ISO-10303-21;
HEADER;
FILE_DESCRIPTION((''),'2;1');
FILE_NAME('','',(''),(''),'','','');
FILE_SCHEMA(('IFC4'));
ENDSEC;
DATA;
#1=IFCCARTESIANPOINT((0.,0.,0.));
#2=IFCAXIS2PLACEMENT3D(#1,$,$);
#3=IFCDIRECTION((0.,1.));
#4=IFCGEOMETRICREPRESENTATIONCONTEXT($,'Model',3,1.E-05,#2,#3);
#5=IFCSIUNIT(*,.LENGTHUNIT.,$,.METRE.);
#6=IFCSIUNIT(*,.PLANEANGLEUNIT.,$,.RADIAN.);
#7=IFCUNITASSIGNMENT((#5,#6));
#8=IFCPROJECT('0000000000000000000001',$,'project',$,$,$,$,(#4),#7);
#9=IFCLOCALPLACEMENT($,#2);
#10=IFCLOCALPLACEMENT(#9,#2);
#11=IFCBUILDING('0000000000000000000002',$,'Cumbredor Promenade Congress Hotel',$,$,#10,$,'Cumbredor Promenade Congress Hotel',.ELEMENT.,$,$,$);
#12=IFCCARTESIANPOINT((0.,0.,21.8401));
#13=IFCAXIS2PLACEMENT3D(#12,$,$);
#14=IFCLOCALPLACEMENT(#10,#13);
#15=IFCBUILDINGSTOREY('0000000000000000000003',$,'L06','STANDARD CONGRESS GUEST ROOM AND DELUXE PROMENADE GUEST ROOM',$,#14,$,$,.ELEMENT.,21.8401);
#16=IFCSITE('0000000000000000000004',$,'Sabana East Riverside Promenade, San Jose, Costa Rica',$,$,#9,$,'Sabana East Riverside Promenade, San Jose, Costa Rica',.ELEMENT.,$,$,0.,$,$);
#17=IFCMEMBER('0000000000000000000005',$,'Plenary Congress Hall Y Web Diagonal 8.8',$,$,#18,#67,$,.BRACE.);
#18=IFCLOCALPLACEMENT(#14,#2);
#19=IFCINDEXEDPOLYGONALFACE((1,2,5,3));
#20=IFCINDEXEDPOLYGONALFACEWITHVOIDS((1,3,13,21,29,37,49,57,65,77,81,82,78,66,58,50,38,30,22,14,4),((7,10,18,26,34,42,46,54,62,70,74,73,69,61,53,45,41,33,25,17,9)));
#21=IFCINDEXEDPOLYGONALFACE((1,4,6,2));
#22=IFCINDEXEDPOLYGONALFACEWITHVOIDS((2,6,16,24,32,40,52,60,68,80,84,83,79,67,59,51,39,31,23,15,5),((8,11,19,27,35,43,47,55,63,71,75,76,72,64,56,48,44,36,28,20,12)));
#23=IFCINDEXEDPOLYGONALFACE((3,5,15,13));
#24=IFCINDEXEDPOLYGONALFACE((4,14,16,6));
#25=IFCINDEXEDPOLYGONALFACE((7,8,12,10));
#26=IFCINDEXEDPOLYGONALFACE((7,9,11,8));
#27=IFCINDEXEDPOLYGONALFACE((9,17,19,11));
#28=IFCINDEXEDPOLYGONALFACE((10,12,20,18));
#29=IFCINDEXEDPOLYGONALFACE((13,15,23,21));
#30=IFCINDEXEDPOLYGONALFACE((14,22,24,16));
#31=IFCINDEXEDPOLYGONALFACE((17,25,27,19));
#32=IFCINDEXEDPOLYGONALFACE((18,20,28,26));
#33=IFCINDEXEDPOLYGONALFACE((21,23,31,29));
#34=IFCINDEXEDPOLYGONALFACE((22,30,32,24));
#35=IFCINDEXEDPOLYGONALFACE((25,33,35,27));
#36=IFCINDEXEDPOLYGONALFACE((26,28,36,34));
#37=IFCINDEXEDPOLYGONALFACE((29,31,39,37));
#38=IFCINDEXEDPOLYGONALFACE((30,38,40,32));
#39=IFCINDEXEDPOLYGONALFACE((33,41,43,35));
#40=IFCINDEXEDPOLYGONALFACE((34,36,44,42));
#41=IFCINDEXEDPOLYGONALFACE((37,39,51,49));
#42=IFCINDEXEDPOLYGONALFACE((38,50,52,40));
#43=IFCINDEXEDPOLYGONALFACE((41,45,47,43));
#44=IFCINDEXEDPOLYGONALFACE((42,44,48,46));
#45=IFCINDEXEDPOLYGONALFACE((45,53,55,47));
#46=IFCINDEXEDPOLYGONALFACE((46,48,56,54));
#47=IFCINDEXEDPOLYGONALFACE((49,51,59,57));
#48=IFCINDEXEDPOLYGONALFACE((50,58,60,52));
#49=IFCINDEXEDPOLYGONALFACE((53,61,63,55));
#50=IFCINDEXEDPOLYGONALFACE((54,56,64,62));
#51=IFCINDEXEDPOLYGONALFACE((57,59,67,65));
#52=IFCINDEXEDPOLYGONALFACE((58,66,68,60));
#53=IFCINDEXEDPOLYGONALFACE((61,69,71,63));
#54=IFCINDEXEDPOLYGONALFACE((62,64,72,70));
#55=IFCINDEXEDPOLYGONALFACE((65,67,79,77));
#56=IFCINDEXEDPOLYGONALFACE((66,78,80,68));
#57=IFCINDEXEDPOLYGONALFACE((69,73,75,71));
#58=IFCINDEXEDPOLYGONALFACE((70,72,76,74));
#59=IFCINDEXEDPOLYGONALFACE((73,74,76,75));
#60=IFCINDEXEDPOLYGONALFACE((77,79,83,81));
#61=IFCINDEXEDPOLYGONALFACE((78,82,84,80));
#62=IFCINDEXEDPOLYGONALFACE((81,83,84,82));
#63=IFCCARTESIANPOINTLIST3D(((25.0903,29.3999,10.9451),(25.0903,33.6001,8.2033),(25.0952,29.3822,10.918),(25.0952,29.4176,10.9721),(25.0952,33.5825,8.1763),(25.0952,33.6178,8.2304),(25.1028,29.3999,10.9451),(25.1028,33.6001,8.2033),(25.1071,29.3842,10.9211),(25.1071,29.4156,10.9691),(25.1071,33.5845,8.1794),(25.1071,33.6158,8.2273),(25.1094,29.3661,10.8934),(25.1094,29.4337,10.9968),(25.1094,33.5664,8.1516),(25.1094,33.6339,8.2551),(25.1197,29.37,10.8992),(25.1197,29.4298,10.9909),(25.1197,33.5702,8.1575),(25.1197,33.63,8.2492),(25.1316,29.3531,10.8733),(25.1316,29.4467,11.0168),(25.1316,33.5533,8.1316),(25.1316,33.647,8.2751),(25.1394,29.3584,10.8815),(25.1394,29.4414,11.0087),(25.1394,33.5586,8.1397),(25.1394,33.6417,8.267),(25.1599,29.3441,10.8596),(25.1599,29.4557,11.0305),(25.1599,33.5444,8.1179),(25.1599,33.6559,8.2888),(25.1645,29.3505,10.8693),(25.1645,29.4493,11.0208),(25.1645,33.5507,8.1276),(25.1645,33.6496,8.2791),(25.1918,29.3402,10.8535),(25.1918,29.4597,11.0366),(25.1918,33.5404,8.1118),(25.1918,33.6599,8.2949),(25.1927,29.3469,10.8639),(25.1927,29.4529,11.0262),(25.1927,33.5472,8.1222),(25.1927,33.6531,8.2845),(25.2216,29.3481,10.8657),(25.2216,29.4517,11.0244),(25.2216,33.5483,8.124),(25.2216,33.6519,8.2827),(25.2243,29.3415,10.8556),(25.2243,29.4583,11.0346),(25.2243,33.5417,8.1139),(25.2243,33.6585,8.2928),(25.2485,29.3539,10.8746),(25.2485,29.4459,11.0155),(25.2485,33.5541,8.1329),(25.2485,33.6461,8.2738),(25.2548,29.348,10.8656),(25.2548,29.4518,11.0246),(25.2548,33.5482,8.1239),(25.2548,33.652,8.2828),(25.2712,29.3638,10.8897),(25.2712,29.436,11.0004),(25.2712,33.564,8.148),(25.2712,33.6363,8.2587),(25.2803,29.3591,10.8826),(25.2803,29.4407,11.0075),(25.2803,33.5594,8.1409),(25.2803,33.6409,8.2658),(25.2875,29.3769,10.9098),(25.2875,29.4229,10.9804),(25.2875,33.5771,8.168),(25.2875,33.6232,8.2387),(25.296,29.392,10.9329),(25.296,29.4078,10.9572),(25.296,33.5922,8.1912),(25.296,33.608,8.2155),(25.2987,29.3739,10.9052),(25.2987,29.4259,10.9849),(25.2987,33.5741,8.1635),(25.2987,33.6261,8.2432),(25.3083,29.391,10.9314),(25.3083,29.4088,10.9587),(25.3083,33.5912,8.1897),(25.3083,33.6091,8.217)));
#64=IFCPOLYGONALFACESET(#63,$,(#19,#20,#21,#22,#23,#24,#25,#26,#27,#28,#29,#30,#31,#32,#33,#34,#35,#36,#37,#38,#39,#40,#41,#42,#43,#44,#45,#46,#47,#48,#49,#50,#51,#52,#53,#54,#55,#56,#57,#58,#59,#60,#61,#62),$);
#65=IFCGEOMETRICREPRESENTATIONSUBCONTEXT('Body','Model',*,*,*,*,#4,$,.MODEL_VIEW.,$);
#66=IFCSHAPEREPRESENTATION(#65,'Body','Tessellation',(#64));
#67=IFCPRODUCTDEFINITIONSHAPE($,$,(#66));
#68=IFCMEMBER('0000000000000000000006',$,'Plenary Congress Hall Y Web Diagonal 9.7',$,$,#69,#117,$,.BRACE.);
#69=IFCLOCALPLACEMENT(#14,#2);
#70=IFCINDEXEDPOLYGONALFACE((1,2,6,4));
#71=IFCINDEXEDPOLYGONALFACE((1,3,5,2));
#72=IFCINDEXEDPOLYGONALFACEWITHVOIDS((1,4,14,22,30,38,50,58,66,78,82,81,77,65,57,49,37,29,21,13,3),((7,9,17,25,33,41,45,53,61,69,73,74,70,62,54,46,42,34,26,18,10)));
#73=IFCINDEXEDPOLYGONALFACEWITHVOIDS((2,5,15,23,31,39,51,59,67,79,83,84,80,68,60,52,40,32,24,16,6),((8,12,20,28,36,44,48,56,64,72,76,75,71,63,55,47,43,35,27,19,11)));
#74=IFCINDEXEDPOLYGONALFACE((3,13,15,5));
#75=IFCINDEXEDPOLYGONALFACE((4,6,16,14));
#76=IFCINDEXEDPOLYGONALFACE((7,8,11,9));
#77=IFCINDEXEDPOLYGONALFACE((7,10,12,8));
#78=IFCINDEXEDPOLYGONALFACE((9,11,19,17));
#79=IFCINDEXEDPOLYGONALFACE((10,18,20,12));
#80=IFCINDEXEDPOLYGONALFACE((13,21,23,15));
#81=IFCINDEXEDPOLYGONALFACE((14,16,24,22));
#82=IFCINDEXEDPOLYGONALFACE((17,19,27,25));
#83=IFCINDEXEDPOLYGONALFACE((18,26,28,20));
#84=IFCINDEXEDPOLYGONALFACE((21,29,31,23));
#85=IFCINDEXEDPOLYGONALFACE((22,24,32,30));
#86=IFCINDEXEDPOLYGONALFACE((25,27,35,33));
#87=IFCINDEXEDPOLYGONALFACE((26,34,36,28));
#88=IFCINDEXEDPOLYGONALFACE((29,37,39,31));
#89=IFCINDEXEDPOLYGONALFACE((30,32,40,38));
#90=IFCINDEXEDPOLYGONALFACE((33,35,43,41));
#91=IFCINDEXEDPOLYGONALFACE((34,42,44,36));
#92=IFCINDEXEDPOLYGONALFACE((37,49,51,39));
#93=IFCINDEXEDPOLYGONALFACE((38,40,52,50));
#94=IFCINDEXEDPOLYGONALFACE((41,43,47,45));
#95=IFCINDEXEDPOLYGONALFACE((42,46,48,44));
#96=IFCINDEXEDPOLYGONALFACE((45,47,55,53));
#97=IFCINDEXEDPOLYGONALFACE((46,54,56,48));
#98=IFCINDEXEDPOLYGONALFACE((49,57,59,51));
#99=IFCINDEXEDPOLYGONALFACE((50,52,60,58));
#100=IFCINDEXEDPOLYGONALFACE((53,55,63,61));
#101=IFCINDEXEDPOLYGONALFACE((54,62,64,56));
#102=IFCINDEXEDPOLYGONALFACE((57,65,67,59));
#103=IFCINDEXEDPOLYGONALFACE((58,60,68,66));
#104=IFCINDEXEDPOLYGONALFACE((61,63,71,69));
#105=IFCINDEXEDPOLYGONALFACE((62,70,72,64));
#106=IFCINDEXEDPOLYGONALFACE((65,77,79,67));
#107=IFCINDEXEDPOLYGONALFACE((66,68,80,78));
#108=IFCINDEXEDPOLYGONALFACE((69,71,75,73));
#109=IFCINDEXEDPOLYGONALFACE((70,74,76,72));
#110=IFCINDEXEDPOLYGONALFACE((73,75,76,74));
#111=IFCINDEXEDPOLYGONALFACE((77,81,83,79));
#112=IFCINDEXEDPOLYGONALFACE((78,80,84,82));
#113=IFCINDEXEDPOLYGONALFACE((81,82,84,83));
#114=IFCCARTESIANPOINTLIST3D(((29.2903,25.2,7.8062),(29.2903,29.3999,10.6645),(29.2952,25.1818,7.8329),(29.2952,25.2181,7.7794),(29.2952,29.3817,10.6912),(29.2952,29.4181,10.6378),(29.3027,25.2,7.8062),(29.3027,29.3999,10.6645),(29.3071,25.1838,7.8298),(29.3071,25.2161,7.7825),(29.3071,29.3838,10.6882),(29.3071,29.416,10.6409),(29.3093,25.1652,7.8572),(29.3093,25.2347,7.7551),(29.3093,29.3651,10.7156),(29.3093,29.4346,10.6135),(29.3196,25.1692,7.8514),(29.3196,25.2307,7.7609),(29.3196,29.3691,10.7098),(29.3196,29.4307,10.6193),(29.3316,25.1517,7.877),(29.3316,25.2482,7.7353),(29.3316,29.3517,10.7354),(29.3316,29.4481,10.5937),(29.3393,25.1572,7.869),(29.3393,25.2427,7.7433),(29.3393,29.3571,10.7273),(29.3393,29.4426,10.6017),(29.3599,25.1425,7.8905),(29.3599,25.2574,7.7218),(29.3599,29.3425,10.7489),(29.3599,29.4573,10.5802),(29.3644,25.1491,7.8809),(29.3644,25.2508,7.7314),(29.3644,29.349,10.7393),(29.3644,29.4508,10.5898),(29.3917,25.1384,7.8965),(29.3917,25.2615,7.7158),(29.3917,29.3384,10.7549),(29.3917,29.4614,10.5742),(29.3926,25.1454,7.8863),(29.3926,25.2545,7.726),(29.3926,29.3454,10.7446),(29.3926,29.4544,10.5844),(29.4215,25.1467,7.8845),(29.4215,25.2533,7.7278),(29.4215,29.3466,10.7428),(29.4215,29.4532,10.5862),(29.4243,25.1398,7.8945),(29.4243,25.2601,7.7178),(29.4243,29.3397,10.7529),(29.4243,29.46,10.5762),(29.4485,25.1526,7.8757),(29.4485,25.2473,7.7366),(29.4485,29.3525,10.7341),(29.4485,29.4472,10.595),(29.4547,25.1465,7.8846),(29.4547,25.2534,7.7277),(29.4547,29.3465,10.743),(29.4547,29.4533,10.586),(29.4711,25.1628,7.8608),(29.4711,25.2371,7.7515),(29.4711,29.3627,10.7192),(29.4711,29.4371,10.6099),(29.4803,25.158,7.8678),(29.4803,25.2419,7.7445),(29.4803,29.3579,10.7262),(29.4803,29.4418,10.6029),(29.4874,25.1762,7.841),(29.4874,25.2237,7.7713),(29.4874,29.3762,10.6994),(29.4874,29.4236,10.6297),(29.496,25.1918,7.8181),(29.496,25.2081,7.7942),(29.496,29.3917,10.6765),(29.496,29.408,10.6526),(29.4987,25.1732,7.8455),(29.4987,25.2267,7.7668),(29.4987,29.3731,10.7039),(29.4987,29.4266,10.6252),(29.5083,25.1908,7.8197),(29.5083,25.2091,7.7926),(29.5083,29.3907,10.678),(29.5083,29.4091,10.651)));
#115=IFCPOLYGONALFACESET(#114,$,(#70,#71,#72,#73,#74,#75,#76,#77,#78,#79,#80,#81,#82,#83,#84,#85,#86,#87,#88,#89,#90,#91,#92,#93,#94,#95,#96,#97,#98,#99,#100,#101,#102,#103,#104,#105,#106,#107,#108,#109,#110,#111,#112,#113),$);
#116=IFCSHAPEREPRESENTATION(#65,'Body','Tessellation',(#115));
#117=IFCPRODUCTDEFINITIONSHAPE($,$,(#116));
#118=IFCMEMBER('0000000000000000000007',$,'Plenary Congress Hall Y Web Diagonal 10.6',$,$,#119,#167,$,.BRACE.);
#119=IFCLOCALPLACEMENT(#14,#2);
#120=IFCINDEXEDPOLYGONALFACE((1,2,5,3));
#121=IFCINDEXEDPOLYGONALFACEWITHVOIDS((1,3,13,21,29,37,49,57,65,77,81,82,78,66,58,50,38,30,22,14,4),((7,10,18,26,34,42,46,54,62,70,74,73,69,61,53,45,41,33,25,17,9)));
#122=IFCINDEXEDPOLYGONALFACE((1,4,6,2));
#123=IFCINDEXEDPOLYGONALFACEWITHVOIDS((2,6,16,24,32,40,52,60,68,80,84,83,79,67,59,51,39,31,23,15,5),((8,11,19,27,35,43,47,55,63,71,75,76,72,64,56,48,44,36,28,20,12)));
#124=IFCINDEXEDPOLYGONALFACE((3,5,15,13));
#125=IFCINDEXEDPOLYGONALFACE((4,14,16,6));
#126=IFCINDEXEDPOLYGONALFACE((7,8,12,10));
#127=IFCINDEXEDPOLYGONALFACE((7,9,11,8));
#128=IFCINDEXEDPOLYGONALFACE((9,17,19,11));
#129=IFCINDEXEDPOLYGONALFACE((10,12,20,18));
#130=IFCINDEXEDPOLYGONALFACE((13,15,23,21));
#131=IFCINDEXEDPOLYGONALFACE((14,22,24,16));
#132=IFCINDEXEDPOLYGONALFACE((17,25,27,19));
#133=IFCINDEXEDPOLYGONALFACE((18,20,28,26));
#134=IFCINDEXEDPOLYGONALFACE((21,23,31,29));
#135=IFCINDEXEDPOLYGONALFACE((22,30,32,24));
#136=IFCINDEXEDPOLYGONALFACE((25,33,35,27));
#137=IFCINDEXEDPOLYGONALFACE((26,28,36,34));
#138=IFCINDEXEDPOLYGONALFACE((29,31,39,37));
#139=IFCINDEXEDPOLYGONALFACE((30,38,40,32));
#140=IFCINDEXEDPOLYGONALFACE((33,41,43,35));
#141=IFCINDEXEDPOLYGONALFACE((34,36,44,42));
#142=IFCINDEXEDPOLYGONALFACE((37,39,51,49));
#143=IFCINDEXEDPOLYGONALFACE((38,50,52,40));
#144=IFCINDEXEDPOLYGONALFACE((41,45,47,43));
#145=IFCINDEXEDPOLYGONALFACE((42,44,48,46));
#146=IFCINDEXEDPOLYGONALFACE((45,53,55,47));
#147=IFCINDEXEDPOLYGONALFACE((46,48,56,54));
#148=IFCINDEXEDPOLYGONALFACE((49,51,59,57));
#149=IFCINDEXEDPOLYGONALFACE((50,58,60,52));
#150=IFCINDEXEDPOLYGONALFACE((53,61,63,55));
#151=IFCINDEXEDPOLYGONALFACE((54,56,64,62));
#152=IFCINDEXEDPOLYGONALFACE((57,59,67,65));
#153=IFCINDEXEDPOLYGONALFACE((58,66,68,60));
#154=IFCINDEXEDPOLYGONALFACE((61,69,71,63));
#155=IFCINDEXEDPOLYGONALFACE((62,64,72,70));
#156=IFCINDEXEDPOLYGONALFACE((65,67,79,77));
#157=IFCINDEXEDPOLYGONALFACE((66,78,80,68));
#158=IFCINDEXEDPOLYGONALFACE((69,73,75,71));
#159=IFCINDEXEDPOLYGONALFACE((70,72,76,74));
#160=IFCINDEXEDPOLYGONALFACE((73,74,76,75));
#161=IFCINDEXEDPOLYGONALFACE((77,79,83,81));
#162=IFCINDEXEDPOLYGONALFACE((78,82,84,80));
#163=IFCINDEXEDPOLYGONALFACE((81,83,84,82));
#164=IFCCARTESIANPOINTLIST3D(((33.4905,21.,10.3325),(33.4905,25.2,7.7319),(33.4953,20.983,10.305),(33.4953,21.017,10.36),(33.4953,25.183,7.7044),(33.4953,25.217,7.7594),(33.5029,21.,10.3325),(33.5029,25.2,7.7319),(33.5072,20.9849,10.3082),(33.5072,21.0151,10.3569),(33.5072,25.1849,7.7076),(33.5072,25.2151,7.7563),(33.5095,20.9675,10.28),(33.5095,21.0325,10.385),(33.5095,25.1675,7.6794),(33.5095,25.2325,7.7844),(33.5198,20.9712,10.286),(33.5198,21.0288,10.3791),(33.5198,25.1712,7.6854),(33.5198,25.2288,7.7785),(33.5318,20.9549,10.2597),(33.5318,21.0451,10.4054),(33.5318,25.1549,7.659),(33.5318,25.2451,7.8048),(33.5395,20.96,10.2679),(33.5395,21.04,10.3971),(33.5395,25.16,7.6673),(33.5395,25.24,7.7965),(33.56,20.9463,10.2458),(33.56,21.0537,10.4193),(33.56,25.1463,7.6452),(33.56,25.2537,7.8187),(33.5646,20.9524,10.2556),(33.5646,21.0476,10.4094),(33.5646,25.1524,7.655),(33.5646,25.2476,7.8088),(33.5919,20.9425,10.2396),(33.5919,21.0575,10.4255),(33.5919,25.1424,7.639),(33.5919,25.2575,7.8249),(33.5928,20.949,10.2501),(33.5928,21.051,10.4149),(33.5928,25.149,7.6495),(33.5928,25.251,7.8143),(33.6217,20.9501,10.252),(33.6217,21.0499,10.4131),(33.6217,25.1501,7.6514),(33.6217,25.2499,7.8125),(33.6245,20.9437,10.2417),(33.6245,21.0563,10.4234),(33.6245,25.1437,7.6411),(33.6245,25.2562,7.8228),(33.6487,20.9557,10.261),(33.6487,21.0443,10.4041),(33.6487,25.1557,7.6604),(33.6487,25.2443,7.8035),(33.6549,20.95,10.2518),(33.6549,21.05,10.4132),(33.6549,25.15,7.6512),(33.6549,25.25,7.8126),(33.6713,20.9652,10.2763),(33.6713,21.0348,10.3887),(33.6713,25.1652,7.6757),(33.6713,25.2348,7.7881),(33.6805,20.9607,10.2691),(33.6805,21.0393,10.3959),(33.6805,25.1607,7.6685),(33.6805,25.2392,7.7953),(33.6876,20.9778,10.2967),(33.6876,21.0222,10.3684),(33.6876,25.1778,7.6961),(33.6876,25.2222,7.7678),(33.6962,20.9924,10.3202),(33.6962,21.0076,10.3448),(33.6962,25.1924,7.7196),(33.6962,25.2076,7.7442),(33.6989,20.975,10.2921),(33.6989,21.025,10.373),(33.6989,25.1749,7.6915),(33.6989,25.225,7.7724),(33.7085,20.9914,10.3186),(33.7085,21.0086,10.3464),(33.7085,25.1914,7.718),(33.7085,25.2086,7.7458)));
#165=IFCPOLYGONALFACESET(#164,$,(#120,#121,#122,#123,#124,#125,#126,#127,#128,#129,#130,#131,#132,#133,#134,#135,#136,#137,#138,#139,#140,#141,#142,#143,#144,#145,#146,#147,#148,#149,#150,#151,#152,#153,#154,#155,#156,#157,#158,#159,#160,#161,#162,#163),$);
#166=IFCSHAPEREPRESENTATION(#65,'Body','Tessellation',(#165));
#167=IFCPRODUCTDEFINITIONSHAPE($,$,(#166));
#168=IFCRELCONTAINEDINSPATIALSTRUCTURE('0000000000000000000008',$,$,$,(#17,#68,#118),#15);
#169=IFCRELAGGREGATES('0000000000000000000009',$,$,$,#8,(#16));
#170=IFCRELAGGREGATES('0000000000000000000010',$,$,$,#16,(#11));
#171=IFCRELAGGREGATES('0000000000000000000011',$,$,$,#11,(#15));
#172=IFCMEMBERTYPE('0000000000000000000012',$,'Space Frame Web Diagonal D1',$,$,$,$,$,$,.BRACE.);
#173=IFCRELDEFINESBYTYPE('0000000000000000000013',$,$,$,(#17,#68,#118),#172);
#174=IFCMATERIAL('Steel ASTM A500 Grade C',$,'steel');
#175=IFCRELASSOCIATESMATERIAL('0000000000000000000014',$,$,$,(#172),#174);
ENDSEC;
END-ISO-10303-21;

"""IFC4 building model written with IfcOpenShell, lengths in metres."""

from ifc_helpers import new_model, si_unit, direction, frame, origin, origin_2d, place, context, subcontext, project, spatial, hollow_circle, extrude, material, material_profile, profile_set, type_object, element, save


model = new_model("IFC4")

# Units and contexts
model_context = context("Model", 3, precision=1e-05, world=origin(), true_north=direction((0.0, 1.0)))
body_context = subcontext(model_context, "Body", "Model", "MODEL_VIEW")
ifc_project = project(units=[si_unit("LENGTHUNIT", "METRE"), si_unit("PLANEANGLEUNIT", "RADIAN")], contexts=[model_context])

# Site, building, storey
site_placement = place(None, origin())
site = spatial("IfcSite", under=ifc_project, at=site_placement, Name="Sabana East Riverside Promenade, San Jose, Costa Rica", LongName="Sabana East Riverside Promenade, San Jose, Costa Rica", CompositionType="ELEMENT", RefElevation=0.0)
building_placement = place(site_placement, origin())
building = spatial("IfcBuilding", under=site, at=building_placement, Name="Cumbredor Promenade Congress Hotel", LongName="Cumbredor Promenade Congress Hotel", CompositionType="ELEMENT")
storey_placement = place(building_placement, frame((0.0, 0.0, 21.8401)))
storey = spatial("IfcBuildingStorey", under=building, at=storey_placement, Name="L06", Description="STANDARD CONGRESS GUEST ROOM AND DELUXE PROMENADE GUEST ROOM", CompositionType="ELEMENT", Elevation=21.8401)

# Members
ifc_material_1 = material(Name="Steel ASTM A500 Grade C", Category="steel")
ifc_material_profile_1 = material_profile(ifc_material_1, hollow_circle(Radius=0.1096, WallThickness=0.0125, at=origin_2d()), Name="CHS 219.1x12.5")
ifc_profile_set_1 = profile_set([ifc_material_profile_1], Name="Steel ASTM A500 Grade C")
member_type_1 = type_object("IfcMemberType", Name="Space Frame Web Diagonal D1", PredefinedType="BRACE", material=ifc_profile_set_1)
member_1_placement = place(storey_placement, frame((25.2, 29.3999, 10.9451), z_axis=(0.0, 0.837388, -0.546609), x_axis=(-1.0, 0.0, 0.0)))
element("IfcMember", 1, at=member_1_placement, inside=storey, type_object=member_type_1, Name="Plenary Congress Hall Y Web Diagonal 8.8", PredefinedType="BRACE", context=body_context, shape_type="SweptSolid", body=[
    extrude(hollow_circle(Radius=0.1096, WallThickness=0.0125, at=origin_2d()), origin(), (0.0, 0.0, 1.0), 5.0159),
])
member_2_placement = place(storey_placement, frame((29.3999, 25.2, 7.8062), z_axis=(0.0, 0.826704, 0.562637), x_axis=(-1.0, 0.0, 0.0)))
element("IfcMember", 2, at=member_2_placement, inside=storey, type_object=member_type_1, Name="Plenary Congress Hall Y Web Diagonal 9.7", PredefinedType="BRACE", context=body_context, shape_type="SweptSolid", body=[
    extrude(hollow_circle(Radius=0.1096, WallThickness=0.0125, at=origin_2d()), origin(), (0.0, 0.0, 1.0), 5.0803),
])
member_3_placement = place(storey_placement, frame((33.6001, 21.0, 10.3325), z_axis=(0.0, 0.850209, -0.526445), x_axis=(-1.0, 0.0, 0.0)))
element("IfcMember", 3, at=member_3_placement, inside=storey, type_object=member_type_1, Name="Plenary Congress Hall Y Web Diagonal 10.6", PredefinedType="BRACE", context=body_context, shape_type="SweptSolid", body=[
    extrude(hollow_circle(Radius=0.1096, WallThickness=0.0125, at=origin_2d()), origin(), (0.0, 0.0, 1.0), 4.9399),
])

save(model, "model.ifc")
